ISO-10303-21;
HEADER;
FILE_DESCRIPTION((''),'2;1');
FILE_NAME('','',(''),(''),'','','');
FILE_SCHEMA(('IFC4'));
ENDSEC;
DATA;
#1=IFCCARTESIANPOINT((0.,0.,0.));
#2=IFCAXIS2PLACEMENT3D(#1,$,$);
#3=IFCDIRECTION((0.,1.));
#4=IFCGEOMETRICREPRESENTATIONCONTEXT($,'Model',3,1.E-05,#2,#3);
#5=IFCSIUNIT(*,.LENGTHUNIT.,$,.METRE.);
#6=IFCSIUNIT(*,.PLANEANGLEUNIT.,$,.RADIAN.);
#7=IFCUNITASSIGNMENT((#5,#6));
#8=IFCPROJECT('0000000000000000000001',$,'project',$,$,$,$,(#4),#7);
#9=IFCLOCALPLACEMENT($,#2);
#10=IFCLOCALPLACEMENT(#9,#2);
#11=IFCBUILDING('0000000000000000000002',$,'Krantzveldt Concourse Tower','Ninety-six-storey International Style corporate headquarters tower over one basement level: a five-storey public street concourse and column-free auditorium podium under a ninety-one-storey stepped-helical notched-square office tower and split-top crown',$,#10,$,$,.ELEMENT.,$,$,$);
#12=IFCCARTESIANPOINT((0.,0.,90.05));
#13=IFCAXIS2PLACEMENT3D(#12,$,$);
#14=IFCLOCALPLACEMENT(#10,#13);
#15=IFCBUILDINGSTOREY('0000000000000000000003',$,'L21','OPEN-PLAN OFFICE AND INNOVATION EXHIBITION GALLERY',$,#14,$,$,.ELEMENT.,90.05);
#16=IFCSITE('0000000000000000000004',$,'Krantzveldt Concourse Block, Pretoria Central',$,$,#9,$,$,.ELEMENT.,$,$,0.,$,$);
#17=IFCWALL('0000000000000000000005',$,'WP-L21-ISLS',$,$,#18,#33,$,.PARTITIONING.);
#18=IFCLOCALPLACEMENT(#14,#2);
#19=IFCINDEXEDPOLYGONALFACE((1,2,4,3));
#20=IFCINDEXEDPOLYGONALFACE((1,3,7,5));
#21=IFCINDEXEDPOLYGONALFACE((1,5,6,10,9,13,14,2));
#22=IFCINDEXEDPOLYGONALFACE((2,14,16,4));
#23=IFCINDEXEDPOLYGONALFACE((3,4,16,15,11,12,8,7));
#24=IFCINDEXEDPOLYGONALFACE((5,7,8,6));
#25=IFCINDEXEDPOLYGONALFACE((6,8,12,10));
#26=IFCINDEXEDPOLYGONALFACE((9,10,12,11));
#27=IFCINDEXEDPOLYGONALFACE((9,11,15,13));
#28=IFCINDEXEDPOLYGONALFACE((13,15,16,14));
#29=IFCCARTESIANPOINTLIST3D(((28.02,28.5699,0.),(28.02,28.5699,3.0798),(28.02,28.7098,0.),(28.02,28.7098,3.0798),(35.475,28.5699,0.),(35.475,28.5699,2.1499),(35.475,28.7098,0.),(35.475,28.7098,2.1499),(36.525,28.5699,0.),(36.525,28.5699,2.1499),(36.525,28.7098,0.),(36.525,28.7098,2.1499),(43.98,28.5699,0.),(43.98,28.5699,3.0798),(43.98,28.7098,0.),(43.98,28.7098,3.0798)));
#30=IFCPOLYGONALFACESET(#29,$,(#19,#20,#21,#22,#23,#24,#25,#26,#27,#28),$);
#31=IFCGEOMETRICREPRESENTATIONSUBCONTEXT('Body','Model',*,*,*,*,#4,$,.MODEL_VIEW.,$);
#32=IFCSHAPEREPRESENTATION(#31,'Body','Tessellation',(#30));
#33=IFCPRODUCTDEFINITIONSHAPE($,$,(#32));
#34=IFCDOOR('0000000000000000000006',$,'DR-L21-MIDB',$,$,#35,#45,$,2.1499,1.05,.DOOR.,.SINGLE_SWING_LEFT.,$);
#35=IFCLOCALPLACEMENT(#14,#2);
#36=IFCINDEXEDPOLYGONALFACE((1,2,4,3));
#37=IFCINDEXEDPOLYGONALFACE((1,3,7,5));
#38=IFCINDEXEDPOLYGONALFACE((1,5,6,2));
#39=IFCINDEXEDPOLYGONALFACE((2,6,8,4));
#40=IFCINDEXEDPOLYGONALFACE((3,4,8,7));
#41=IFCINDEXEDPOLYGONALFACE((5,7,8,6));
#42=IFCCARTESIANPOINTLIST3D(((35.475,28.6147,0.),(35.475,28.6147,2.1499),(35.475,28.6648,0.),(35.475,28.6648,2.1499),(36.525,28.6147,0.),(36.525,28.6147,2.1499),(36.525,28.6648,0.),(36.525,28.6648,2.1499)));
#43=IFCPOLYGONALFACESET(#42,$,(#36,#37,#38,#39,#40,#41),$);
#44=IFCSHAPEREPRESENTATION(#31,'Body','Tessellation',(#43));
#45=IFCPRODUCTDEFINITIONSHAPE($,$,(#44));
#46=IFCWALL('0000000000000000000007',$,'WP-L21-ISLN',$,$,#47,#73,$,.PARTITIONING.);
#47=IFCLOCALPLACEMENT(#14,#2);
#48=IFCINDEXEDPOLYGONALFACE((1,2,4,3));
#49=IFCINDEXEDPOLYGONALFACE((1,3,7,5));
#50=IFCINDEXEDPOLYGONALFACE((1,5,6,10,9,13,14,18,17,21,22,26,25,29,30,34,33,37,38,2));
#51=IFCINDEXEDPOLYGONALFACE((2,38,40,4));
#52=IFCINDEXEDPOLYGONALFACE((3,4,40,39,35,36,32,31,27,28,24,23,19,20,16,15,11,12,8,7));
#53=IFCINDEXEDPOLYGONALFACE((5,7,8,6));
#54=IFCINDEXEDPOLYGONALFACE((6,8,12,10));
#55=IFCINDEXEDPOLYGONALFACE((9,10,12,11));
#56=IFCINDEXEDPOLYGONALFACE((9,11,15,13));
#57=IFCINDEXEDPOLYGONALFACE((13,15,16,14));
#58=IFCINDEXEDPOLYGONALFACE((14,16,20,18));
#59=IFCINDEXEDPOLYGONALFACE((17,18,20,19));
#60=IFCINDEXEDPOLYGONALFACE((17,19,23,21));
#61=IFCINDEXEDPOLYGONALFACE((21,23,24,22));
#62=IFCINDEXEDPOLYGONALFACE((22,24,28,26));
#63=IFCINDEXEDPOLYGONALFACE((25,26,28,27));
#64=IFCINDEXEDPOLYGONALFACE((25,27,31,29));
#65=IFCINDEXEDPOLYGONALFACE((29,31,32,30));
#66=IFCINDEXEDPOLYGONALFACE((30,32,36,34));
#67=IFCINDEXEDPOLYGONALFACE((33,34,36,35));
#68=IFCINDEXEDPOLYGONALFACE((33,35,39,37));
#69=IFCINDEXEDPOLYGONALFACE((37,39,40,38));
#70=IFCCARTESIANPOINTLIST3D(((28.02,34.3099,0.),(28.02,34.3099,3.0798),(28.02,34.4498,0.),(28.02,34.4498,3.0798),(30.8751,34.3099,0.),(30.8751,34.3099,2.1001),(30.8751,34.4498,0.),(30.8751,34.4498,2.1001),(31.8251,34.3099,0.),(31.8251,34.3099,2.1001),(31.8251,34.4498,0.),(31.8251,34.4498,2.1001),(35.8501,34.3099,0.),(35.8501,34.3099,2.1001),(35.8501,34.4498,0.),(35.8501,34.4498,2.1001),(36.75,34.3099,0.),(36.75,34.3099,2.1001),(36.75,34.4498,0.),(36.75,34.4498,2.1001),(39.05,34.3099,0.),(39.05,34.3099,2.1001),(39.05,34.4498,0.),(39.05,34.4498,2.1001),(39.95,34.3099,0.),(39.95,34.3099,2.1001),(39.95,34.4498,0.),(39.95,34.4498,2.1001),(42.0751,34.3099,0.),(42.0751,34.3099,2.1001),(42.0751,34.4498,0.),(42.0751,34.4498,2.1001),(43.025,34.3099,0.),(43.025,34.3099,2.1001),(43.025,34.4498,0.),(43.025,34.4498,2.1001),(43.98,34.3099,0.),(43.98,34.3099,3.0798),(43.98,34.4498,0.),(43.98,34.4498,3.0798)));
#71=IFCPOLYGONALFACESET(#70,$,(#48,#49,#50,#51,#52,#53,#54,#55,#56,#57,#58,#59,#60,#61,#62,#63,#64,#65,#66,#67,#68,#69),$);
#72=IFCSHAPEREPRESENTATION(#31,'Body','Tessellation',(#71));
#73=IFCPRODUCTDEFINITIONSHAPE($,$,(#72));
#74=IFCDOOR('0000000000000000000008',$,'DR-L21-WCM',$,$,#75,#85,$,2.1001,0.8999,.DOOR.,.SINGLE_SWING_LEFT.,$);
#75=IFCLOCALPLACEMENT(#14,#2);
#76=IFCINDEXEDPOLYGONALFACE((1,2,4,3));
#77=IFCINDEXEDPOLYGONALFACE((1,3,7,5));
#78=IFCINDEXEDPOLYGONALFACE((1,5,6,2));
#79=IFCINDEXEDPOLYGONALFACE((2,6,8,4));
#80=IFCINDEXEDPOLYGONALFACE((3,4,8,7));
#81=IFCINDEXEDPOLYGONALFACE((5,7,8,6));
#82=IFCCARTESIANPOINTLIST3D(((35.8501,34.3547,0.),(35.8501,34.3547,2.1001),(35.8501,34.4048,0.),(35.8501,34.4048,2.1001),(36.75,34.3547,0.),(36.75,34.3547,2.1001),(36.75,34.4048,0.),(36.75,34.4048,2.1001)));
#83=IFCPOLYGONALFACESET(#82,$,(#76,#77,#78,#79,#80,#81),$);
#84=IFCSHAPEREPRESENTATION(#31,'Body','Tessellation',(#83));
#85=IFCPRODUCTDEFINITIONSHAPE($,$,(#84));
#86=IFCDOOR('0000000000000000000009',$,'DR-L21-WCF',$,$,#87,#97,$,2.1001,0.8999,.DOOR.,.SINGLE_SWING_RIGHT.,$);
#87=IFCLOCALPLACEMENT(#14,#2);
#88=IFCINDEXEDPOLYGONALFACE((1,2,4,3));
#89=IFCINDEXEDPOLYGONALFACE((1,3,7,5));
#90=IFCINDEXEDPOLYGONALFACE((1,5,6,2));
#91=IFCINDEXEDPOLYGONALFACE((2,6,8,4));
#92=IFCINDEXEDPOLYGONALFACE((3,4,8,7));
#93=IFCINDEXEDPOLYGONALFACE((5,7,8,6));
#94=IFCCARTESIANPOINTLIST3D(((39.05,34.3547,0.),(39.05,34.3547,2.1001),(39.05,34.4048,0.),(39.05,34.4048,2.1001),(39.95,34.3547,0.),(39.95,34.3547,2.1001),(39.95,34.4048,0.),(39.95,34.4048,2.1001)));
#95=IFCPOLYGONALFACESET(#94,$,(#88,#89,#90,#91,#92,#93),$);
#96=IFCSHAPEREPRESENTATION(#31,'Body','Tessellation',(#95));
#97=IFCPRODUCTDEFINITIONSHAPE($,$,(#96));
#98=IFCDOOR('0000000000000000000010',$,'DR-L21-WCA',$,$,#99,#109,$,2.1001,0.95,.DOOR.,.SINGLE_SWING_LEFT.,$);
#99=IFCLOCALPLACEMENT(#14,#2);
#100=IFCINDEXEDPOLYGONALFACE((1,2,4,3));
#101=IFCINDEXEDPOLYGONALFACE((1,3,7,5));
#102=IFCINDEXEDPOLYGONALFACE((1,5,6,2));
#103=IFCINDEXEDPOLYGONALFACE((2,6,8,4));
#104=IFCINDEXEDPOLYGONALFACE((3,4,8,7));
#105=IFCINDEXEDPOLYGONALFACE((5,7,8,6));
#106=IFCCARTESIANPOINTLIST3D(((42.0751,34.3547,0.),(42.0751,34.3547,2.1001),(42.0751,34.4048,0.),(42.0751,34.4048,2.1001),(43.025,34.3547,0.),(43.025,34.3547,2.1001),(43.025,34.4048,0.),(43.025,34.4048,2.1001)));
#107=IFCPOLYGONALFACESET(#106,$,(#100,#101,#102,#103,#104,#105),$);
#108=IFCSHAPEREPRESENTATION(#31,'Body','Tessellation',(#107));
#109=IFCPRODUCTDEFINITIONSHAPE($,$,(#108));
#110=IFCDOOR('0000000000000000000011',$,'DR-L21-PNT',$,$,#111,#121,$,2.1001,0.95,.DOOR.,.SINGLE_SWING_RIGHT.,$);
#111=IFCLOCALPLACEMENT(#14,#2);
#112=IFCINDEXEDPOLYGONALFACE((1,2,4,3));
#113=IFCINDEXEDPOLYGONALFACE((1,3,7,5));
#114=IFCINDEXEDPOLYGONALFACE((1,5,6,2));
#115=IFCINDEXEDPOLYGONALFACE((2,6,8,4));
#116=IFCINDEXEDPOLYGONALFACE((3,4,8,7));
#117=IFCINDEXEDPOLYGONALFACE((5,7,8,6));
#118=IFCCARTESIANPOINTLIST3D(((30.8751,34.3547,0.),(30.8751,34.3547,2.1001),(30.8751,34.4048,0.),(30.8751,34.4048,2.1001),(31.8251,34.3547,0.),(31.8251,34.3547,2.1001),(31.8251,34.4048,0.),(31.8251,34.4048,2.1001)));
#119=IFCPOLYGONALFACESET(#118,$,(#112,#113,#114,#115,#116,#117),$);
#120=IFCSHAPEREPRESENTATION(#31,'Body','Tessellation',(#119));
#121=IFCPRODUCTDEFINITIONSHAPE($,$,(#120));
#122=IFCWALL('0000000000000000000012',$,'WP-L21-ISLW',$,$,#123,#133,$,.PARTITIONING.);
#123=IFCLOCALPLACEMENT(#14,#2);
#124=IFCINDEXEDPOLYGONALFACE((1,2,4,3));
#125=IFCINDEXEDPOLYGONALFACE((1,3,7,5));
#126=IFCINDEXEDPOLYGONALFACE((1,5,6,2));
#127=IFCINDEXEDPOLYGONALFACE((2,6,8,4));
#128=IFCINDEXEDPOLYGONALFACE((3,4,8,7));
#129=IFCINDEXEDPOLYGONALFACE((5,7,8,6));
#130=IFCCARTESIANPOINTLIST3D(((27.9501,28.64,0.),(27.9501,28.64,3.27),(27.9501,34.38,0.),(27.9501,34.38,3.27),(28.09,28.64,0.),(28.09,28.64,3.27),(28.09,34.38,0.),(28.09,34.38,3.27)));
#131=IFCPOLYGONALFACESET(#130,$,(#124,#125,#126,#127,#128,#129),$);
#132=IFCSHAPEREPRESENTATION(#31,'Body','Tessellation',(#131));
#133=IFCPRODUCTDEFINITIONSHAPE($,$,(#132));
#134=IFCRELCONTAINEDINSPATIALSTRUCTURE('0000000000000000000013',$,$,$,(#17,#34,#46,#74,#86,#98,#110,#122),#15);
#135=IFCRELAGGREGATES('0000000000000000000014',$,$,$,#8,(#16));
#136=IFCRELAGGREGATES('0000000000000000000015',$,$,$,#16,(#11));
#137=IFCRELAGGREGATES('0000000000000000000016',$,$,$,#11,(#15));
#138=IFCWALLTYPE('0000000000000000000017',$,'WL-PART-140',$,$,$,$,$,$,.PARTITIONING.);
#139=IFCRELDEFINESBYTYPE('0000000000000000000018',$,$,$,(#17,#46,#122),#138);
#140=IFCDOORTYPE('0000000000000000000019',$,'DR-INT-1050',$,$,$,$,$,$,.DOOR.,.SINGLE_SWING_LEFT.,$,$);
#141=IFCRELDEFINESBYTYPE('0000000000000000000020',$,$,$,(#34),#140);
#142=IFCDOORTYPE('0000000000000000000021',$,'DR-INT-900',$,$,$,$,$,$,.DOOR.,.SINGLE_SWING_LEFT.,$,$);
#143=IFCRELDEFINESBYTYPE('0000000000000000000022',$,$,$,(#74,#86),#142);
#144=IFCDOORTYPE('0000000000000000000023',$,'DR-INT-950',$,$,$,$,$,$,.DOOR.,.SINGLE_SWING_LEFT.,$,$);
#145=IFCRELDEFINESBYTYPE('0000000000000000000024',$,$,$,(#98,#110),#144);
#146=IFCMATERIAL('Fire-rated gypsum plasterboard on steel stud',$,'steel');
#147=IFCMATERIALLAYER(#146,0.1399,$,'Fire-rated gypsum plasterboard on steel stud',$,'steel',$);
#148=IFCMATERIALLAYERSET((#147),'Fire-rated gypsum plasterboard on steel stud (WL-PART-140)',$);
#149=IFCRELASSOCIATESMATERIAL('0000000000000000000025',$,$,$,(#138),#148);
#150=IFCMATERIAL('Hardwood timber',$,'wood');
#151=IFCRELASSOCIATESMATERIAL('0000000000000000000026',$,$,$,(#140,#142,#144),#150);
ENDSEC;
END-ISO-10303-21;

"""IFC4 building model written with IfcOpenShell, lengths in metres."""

from ifc_helpers import new_model, si_unit, direction, frame, frame_2d, origin, place, context, subcontext, project, spatial, rectangle, extrude, material, layer, layer_set, type_object, element, fill, save


model = new_model("IFC4")

# Units and contexts
model_context = context("Model", 3, precision=1e-05, world=origin(), true_north=direction((0.0, 1.0)))
body_context = subcontext(model_context, "Body", "Model", "MODEL_VIEW")
ifc_project = project(units=[si_unit("LENGTHUNIT", "METRE"), si_unit("PLANEANGLEUNIT", "RADIAN")], contexts=[model_context])

# Site, building, storey
site_placement = place(None, origin())
site = spatial("IfcSite", under=ifc_project, at=site_placement, Name="Krantzveldt Concourse Block, Pretoria Central", CompositionType="ELEMENT", RefElevation=0.0)
building_placement = place(site_placement, origin())
building = spatial("IfcBuilding", under=site, at=building_placement, Name="Krantzveldt Concourse Tower", Description="Ninety-six-storey International Style corporate headquarters tower over one basement level: a five-storey public street concourse and column-free auditorium podium under a ninety-one-storey stepped-helical notched-square office tower and split-top crown", CompositionType="ELEMENT")
storey_placement = place(building_placement, frame((0.0, 0.0, 90.05)))
storey = spatial("IfcBuildingStorey", under=building, at=storey_placement, Name="L21", Description="OPEN-PLAN OFFICE AND INNOVATION EXHIBITION GALLERY", CompositionType="ELEMENT", Elevation=90.05)

# Shared definitions
ifc_material_1 = material(Name="Fire-rated gypsum plasterboard on steel stud", Category="steel")

# Wall, opening, door
ifc_layer_1 = layer(ifc_material_1, 0.1399, Name="Fire-rated gypsum plasterboard on steel stud", Category="steel")
ifc_layer_set_1 = layer_set([ifc_layer_1], Name="Fire-rated gypsum plasterboard on steel stud (WL-PART-140)")
wall_type_1 = type_object("IfcWallType", Name="WL-PART-140", PredefinedType="PARTITIONING", material=ifc_layer_set_1)
wall_1_placement = place(storey_placement, frame((28.02, 28.6399, 0.0), z_axis=(0.0, 0.0, 1.0), x_axis=(1.0, 0.0, 0.0)))
wall_1 = element("IfcWall", 1, at=wall_1_placement, inside=storey, type_object=wall_type_1, Name="WP-L21-ISLS", PredefinedType="PARTITIONING", context=body_context, shape_type="SweptSolid", body=[
    extrude(rectangle(XDim=15.96, YDim=0.1399, at=frame_2d((7.98, 0.0))), origin(), (0.0, 0.0, 1.0), 3.0798),
])
opening_1_placement = place(wall_1_placement, frame((7.4551, 0.0, 0.0)))
opening_1 = element("IfcOpeningElement", 2, at=opening_1_placement, cuts=wall_1, PredefinedType="OPENING", context=body_context, shape_type="SweptSolid", body=[
    extrude(rectangle(XDim=1.05, YDim=2.1499, at=frame_2d((0.5249, 1.075))), frame((0.0, 0.0801, 0.0), z_axis=(0.0, -1.0, 0.0), x_axis=(1.0, 0.0, 0.0)), (0.0, 0.0, 1.0), 0.1599),
])
ifc_material_2 = material(Name="Hardwood timber", Category="wood")
door_type_1 = type_object("IfcDoorType", Name="DR-INT-1050", OperationType="SINGLE_SWING_LEFT", PredefinedType="DOOR", material=ifc_material_2)
door_1_placement = place(opening_1_placement, origin())
door_1 = element("IfcDoor", 3, at=door_1_placement, inside=storey, type_object=door_type_1, Name="DR-L21-MIDB", OperationType="SINGLE_SWING_LEFT", OverallHeight=2.1499, OverallWidth=1.05, PredefinedType="DOOR", context=body_context, shape_type="SweptSolid", body=[
    extrude(rectangle(XDim=1.05, YDim=2.1499, at=frame_2d((0.5249, 1.075))), frame((0.0, 0.0249, 0.0), z_axis=(0.0, -1.0, 0.0), x_axis=(1.0, 0.0, 0.0)), (0.0, 0.0, 1.0), 0.05),
])
fill(opening_1, door_1)

# Wall, openings, doors
wall_2_placement = place(storey_placement, frame((28.02, 34.3799, 0.0), z_axis=(0.0, 0.0, 1.0), x_axis=(1.0, 0.0, 0.0)))
wall_2 = element("IfcWall", 4, at=wall_2_placement, inside=storey, type_object=wall_type_1, Name="WP-L21-ISLN", PredefinedType="PARTITIONING", context=body_context, shape_type="SweptSolid", body=[
    extrude(rectangle(XDim=15.96, YDim=0.1399, at=frame_2d((7.98, 0.0))), origin(), (0.0, 0.0, 1.0), 3.0798),
])
opening_2_placement = place(wall_2_placement, frame((7.8301, 0.0, 0.0)))
opening_2 = element("IfcOpeningElement", 5, at=opening_2_placement, cuts=wall_2, PredefinedType="OPENING", context=body_context, shape_type="SweptSolid", body=[
    extrude(rectangle(XDim=0.8999, YDim=2.1001, at=frame_2d((0.45, 1.05))), frame((0.0, 0.0801, 0.0), z_axis=(0.0, -1.0, 0.0), x_axis=(1.0, 0.0, 0.0)), (0.0, 0.0, 1.0), 0.1599),
])
opening_3_placement = place(wall_2_placement, frame((11.03, 0.0, 0.0)))
opening_3 = element("IfcOpeningElement", 6, at=opening_3_placement, cuts=wall_2, PredefinedType="OPENING", context=body_context, shape_type="SweptSolid", body=[
    extrude(rectangle(XDim=0.8999, YDim=2.1001, at=frame_2d((0.45, 1.05))), frame((0.0, 0.0801, 0.0), z_axis=(0.0, -1.0, 0.0), x_axis=(1.0, 0.0, 0.0)), (0.0, 0.0, 1.0), 0.1599),
])
opening_4_placement = place(wall_2_placement, frame((14.0549, 0.0, 0.0)))
opening_4 = element("IfcOpeningElement", 7, at=opening_4_placement, cuts=wall_2, PredefinedType="OPENING", context=body_context, shape_type="SweptSolid", body=[
    extrude(rectangle(XDim=0.95, YDim=2.1001, at=frame_2d((0.4751, 1.05))), frame((0.0, 0.0801, 0.0), z_axis=(0.0, -1.0, 0.0), x_axis=(1.0, 0.0, 0.0)), (0.0, 0.0, 1.0), 0.1599),
])
opening_5_placement = place(wall_2_placement, frame((2.855, 0.0, 0.0)))
opening_5 = element("IfcOpeningElement", 8, at=opening_5_placement, cuts=wall_2, PredefinedType="OPENING", context=body_context, shape_type="SweptSolid", body=[
    extrude(rectangle(XDim=0.95, YDim=2.1001, at=frame_2d((0.4751, 1.05))), frame((0.0, 0.0801, 0.0), z_axis=(0.0, -1.0, 0.0), x_axis=(1.0, 0.0, 0.0)), (0.0, 0.0, 1.0), 0.1599),
])
door_type_2 = type_object("IfcDoorType", Name="DR-INT-900", OperationType="SINGLE_SWING_LEFT", PredefinedType="DOOR", material=ifc_material_2)
door_2_placement = place(opening_2_placement, origin())
door_2 = element("IfcDoor", 9, at=door_2_placement, inside=storey, type_object=door_type_2, Name="DR-L21-WCM", OperationType="SINGLE_SWING_LEFT", OverallHeight=2.1001, OverallWidth=0.8999, PredefinedType="DOOR", context=body_context, shape_type="SweptSolid", body=[
    extrude(rectangle(XDim=0.8999, YDim=2.1001, at=frame_2d((0.45, 1.05))), frame((0.0, 0.0249, 0.0), z_axis=(0.0, -1.0, 0.0), x_axis=(1.0, 0.0, 0.0)), (0.0, 0.0, 1.0), 0.05),
])
fill(opening_2, door_2)
door_3_placement = place(opening_3_placement, origin())
door_3 = element("IfcDoor", 10, at=door_3_placement, inside=storey, type_object=door_type_2, Name="DR-L21-WCF", OperationType="SINGLE_SWING_RIGHT", OverallHeight=2.1001, OverallWidth=0.8999, PredefinedType="DOOR", context=body_context, shape_type="SweptSolid", body=[
    extrude(rectangle(XDim=0.8999, YDim=2.1001, at=frame_2d((0.45, 1.05))), frame((0.0, 0.0249, 0.0), z_axis=(0.0, -1.0, 0.0), x_axis=(1.0, 0.0, 0.0)), (0.0, 0.0, 1.0), 0.05),
])
fill(opening_3, door_3)
door_type_3 = type_object("IfcDoorType", Name="DR-INT-950", OperationType="SINGLE_SWING_LEFT", PredefinedType="DOOR", material=ifc_material_2)
door_4_placement = place(opening_4_placement, origin())
door_4 = element("IfcDoor", 11, at=door_4_placement, inside=storey, type_object=door_type_3, Name="DR-L21-WCA", OperationType="SINGLE_SWING_LEFT", OverallHeight=2.1001, OverallWidth=0.95, PredefinedType="DOOR", context=body_context, shape_type="SweptSolid", body=[
    extrude(rectangle(XDim=0.95, YDim=2.1001, at=frame_2d((0.4751, 1.05))), frame((0.0, 0.0249, 0.0), z_axis=(0.0, -1.0, 0.0), x_axis=(1.0, 0.0, 0.0)), (0.0, 0.0, 1.0), 0.05),
])
fill(opening_4, door_4)
door_5_placement = place(opening_5_placement, origin())
door_5 = element("IfcDoor", 12, at=door_5_placement, inside=storey, type_object=door_type_3, Name="DR-L21-PNT", OperationType="SINGLE_SWING_RIGHT", OverallHeight=2.1001, OverallWidth=0.95, PredefinedType="DOOR", context=body_context, shape_type="SweptSolid", body=[
    extrude(rectangle(XDim=0.95, YDim=2.1001, at=frame_2d((0.4751, 1.05))), frame((0.0, 0.0249, 0.0), z_axis=(0.0, -1.0, 0.0), x_axis=(1.0, 0.0, 0.0)), (0.0, 0.0, 1.0), 0.05),
])
fill(opening_5, door_5)

# Wall
wall_3_placement = place(storey_placement, frame((28.02, 28.6399, 0.0), z_axis=(0.0, 0.0, 1.0), x_axis=(0.0, 1.0, 0.0)))
element("IfcWall", 13, at=wall_3_placement, inside=storey, type_object=wall_type_1, Name="WP-L21-ISLW", PredefinedType="PARTITIONING", context=body_context, shape_type="SweptSolid", body=[
    extrude(rectangle(XDim=5.74, YDim=0.1399, at=frame_2d((2.8701, 0.0))), origin(), (0.0, 0.0, 1.0), 3.27),
])

save(model, "model.ifc")
